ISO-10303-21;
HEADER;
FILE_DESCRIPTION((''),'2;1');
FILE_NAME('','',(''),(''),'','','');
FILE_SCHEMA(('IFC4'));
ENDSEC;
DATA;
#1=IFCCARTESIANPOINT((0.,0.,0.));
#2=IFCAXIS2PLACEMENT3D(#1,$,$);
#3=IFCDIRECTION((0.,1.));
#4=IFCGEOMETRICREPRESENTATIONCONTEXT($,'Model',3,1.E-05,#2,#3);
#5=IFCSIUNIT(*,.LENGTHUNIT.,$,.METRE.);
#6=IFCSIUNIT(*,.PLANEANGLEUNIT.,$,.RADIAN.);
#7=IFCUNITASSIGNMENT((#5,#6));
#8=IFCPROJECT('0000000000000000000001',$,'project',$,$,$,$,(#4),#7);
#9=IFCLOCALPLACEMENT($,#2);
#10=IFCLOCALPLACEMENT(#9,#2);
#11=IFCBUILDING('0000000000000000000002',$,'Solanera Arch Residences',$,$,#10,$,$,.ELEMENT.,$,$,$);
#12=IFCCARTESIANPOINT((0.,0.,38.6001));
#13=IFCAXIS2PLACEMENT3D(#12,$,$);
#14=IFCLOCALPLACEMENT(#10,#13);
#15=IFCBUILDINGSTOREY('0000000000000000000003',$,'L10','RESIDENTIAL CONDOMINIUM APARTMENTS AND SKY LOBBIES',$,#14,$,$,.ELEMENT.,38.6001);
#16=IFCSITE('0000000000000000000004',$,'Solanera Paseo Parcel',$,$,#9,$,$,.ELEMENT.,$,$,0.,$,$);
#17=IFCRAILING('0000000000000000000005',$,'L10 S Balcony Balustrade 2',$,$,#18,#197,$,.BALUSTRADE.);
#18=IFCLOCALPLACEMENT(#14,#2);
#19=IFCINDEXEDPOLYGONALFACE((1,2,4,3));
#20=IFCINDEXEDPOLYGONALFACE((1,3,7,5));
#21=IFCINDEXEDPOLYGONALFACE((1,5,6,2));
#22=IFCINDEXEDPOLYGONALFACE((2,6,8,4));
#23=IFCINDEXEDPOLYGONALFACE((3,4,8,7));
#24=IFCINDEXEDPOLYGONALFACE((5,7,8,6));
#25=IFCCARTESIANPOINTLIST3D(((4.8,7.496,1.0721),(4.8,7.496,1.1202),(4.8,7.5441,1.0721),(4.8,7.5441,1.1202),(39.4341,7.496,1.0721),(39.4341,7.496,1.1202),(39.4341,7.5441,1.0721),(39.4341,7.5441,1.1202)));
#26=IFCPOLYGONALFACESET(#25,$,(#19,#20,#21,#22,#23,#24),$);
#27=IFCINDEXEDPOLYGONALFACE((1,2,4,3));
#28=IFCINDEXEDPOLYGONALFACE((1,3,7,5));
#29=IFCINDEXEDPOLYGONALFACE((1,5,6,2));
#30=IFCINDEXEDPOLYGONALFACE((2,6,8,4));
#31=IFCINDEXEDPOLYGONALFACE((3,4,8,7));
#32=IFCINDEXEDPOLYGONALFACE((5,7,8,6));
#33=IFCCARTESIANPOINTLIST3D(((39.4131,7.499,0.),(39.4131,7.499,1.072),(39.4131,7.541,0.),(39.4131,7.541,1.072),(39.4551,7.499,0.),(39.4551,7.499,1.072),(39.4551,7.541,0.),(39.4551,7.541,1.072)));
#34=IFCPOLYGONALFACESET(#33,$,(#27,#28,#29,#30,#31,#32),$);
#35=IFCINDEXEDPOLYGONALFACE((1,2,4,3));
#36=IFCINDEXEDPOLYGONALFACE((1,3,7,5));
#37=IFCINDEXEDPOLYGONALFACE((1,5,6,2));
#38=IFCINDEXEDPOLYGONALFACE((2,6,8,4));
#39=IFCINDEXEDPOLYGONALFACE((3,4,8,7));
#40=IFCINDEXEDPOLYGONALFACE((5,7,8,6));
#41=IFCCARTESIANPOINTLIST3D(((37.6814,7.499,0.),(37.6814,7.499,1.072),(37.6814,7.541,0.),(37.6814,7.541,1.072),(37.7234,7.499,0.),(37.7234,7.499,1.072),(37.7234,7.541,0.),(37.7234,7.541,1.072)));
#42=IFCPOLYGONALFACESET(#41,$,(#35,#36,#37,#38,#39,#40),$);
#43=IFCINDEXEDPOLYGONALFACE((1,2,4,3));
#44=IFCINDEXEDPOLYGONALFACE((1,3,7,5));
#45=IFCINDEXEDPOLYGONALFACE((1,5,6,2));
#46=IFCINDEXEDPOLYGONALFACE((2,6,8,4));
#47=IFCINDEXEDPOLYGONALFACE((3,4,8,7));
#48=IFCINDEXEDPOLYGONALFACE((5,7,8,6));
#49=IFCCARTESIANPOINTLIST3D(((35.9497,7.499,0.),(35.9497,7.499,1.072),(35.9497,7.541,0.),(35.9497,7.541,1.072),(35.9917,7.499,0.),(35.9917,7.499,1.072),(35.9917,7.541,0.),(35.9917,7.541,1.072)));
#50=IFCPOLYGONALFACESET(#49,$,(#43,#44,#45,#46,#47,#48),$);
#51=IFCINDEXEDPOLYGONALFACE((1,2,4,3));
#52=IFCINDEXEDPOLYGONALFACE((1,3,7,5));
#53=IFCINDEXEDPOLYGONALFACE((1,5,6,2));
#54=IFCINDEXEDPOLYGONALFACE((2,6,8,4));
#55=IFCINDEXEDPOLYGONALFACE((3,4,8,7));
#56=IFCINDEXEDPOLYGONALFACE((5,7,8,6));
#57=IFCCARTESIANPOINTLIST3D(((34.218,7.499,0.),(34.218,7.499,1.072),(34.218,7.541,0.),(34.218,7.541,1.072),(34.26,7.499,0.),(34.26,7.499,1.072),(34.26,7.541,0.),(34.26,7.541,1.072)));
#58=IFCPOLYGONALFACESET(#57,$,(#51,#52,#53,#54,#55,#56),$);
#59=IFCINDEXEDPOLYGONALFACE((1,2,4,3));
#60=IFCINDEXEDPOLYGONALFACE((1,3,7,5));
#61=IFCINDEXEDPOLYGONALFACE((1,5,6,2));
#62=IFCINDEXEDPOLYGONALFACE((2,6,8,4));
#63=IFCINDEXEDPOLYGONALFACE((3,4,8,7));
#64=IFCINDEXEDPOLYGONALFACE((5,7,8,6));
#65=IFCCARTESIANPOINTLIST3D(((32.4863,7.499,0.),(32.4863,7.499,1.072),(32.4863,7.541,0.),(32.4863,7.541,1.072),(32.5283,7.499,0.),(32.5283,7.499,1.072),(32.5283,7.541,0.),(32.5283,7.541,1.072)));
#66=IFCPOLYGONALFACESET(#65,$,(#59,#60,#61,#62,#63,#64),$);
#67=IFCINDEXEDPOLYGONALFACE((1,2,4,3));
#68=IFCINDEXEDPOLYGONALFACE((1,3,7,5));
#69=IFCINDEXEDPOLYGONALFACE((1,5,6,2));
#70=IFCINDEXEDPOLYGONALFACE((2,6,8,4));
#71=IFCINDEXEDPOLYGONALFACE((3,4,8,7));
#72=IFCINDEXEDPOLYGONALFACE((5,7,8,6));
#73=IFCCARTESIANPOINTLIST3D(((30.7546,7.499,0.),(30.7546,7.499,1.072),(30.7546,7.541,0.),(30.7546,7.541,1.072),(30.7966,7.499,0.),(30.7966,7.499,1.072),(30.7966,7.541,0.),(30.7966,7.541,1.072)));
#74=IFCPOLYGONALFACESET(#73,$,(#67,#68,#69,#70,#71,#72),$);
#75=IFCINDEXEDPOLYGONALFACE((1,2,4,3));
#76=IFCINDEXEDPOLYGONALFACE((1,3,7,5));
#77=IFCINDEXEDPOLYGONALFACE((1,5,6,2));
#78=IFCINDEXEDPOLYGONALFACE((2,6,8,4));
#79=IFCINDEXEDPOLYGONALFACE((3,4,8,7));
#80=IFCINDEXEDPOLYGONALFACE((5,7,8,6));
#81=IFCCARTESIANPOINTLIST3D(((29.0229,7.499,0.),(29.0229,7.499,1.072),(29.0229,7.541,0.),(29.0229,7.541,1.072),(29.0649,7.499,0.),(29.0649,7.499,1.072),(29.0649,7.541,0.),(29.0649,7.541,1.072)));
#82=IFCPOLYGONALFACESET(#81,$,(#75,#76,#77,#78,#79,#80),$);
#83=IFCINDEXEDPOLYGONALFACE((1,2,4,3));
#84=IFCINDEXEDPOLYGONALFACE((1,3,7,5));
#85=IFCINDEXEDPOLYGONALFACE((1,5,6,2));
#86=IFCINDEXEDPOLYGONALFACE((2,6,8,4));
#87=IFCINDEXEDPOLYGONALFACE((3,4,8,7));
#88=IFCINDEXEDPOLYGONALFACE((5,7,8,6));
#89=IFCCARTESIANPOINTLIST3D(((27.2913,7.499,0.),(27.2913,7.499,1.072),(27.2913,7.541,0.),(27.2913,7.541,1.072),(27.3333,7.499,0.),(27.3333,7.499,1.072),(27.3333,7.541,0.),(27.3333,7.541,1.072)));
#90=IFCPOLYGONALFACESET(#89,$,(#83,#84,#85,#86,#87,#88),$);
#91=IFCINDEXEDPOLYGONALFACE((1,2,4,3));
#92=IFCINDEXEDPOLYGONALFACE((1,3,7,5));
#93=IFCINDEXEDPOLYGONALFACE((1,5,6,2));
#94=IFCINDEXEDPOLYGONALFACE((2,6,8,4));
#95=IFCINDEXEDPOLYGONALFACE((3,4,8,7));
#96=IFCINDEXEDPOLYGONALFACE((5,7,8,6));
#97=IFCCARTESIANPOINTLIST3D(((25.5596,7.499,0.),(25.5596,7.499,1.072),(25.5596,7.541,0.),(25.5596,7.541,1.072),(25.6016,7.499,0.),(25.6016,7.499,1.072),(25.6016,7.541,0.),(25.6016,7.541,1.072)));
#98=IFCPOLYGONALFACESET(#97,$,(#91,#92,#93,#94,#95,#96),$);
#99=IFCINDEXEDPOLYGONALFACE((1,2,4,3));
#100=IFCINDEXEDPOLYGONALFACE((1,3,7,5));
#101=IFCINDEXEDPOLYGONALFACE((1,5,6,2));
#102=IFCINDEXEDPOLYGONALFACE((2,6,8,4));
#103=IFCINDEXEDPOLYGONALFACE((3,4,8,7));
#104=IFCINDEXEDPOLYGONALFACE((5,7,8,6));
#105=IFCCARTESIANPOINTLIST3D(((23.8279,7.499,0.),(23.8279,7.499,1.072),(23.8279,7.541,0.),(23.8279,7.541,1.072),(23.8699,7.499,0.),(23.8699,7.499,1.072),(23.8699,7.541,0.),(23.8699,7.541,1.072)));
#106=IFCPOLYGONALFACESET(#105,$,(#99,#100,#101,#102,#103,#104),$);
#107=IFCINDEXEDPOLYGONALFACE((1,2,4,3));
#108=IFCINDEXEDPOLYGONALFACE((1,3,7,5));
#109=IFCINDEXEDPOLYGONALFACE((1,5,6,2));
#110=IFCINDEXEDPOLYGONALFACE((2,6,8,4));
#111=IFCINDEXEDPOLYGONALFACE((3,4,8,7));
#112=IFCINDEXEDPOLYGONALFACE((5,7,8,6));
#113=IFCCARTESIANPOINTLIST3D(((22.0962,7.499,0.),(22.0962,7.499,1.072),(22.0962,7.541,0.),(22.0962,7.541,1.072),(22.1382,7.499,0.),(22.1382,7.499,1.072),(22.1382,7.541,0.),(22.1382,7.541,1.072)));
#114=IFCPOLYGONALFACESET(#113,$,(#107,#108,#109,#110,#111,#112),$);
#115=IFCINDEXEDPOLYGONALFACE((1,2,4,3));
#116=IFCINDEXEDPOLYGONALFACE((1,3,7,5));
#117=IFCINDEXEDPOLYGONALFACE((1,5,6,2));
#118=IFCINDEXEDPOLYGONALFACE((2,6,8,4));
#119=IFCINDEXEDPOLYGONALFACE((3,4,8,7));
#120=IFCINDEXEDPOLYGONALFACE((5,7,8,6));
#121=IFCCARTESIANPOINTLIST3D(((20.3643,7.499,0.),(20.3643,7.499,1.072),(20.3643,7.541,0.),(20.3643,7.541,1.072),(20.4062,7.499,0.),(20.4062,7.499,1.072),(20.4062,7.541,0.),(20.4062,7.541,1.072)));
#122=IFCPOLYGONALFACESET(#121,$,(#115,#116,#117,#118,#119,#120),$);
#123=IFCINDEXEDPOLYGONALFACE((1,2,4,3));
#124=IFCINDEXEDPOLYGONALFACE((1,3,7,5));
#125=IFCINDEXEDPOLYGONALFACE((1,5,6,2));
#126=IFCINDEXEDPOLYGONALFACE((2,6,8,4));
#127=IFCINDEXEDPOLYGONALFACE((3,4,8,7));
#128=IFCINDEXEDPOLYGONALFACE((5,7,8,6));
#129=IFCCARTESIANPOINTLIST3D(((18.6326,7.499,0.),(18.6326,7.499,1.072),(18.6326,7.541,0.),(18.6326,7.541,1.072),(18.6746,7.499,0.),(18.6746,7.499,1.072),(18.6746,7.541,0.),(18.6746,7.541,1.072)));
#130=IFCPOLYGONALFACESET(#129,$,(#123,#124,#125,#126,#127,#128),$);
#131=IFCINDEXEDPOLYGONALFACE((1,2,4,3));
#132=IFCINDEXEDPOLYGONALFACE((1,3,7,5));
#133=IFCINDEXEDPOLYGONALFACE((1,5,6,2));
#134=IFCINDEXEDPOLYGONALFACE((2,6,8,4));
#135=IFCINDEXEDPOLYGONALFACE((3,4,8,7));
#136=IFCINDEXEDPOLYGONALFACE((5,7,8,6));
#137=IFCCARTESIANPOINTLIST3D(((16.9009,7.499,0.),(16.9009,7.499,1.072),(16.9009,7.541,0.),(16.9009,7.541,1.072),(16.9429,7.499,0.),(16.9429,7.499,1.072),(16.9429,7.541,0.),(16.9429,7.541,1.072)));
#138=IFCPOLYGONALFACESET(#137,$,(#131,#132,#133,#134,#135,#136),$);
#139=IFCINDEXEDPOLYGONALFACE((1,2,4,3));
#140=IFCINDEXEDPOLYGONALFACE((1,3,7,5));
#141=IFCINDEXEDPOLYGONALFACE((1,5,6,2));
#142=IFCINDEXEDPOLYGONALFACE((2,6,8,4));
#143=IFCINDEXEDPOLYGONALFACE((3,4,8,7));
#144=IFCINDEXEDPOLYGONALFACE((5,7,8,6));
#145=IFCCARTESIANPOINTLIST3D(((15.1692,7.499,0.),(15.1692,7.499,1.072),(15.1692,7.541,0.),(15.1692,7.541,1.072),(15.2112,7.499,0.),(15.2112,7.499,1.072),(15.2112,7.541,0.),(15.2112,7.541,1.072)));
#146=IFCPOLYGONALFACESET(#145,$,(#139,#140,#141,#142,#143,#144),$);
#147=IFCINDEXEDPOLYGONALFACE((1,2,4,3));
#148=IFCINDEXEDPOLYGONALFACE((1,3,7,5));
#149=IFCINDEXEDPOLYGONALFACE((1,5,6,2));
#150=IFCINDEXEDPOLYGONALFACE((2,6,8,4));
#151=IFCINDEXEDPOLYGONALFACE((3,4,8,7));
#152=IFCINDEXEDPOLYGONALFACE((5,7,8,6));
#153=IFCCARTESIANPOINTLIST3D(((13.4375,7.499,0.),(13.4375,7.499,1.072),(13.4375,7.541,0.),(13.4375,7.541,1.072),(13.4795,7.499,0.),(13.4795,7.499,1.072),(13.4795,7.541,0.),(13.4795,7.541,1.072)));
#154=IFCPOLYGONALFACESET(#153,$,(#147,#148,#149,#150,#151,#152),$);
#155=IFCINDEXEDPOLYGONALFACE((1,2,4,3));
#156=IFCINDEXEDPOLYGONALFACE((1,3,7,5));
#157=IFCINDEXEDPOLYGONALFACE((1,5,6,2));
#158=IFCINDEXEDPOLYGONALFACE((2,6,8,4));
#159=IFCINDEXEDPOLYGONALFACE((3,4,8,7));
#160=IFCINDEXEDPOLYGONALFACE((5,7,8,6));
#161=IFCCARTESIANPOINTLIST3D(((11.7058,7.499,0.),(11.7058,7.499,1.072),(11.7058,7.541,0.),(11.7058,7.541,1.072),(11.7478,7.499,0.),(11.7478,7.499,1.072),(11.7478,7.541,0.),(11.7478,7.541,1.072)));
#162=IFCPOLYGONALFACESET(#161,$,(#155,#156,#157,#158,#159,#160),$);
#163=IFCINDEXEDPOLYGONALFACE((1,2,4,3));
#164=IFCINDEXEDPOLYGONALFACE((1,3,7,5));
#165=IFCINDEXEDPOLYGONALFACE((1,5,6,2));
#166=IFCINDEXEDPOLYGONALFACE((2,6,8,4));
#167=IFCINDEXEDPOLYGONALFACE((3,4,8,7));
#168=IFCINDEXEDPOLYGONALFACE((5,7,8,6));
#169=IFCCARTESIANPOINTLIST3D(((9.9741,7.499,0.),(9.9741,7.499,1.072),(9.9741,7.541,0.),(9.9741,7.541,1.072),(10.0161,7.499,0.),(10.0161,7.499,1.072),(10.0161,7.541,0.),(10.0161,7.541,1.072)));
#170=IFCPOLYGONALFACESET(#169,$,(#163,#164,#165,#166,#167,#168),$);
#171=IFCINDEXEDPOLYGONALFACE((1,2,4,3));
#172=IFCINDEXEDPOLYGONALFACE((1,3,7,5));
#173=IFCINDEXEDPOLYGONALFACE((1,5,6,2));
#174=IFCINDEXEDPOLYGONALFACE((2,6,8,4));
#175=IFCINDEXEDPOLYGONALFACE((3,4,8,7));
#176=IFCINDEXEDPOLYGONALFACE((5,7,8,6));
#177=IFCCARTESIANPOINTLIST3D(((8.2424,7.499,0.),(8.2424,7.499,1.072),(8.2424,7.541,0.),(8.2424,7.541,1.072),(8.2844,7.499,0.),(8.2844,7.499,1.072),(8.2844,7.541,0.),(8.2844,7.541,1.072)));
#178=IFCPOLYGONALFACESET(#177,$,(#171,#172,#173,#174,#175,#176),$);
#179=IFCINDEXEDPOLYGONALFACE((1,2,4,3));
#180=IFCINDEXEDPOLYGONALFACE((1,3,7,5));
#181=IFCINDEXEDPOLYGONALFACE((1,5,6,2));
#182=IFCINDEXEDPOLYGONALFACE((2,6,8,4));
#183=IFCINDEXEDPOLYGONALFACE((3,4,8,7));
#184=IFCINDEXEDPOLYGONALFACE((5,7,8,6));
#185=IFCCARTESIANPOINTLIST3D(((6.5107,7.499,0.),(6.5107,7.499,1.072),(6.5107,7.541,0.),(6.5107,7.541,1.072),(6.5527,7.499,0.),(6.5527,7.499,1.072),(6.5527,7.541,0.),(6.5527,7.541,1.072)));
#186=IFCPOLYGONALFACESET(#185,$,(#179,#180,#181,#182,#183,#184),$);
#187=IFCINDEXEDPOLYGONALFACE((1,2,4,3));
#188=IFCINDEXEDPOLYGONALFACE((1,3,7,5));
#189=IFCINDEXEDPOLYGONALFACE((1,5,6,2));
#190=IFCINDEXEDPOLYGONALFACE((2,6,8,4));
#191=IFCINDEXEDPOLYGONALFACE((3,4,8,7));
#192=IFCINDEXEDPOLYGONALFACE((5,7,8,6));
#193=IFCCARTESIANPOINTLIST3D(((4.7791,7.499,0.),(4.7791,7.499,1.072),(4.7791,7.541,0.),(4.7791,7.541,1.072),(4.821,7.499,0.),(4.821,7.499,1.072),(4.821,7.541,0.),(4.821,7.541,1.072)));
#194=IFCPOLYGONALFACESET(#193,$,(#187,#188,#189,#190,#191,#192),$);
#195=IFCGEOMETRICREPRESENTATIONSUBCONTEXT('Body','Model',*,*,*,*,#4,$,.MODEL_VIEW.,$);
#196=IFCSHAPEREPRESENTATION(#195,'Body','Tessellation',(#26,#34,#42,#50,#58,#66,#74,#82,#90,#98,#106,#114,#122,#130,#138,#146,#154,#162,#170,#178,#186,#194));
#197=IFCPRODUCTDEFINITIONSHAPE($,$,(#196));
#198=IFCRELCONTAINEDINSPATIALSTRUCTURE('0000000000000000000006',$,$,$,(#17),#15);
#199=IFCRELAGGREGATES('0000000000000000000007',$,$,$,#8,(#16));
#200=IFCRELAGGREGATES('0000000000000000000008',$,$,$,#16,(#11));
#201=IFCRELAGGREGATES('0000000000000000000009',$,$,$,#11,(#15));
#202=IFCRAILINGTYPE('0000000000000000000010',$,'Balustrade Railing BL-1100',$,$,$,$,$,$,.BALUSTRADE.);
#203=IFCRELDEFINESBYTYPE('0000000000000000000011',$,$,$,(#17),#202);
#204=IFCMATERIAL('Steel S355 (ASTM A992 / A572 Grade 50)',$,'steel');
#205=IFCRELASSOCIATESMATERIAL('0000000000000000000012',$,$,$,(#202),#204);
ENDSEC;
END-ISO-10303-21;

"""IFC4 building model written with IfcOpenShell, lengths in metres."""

from ifc_helpers import new_model, si_unit, direction, frame, origin, origin_2d, place, context, subcontext, project, spatial, rectangle, extrude, material, type_object, element, save


model = new_model("IFC4")

# Units and contexts
model_context = context("Model", 3, precision=1e-05, world=origin(), true_north=direction((0.0, 1.0)))
body_context = subcontext(model_context, "Body", "Model", "MODEL_VIEW")
ifc_project = project(units=[si_unit("LENGTHUNIT", "METRE"), si_unit("PLANEANGLEUNIT", "RADIAN")], contexts=[model_context])

# Site, building, storey
site_placement = place(None, origin())
site = spatial("IfcSite", under=ifc_project, at=site_placement, Name="Solanera Paseo Parcel", CompositionType="ELEMENT", RefElevation=0.0)
building_placement = place(site_placement, origin())
building = spatial("IfcBuilding", under=site, at=building_placement, Name="Solanera Arch Residences", CompositionType="ELEMENT")
storey_placement = place(building_placement, frame((0.0, 0.0, 38.6001)))
storey = spatial("IfcBuildingStorey", under=building, at=storey_placement, Name="L10", Description="RESIDENTIAL CONDOMINIUM APARTMENTS AND SKY LOBBIES", CompositionType="ELEMENT", Elevation=38.6001)

# Railing
ifc_material_1 = material(Name="Steel S355 (ASTM A992 / A572 Grade 50)", Category="steel")
railing_type = type_object("IfcRailingType", Name="Balustrade Railing BL-1100", PredefinedType="BALUSTRADE", material=ifc_material_1)
railing_1_placement = place(storey_placement, frame((39.4341, 7.52, 0.0)))
element("IfcRailing", 1, at=railing_1_placement, inside=storey, type_object=railing_type, Name="L10 S Balcony Balustrade 2", PredefinedType="BALUSTRADE", context=body_context, shape_type="SweptSolid", body=[
    extrude(rectangle(XDim=0.0481, YDim=0.0481, at=origin_2d()), frame((0.0, 0.0, 1.0962), z_axis=(-1.0, 0.0, 0.0), x_axis=(0.0, -1.0, 0.0)), (0.0, 0.0, 1.0), 34.634),
    extrude(rectangle(XDim=0.042, YDim=0.042, at=origin_2d()), origin(), (0.0, 0.0, 1.0), 1.072),
    extrude(rectangle(XDim=0.042, YDim=0.042, at=origin_2d()), frame((-1.7317, 0.0, 0.0)), (0.0, 0.0, 1.0), 1.072),
    extrude(rectangle(XDim=0.042, YDim=0.042, at=origin_2d()), frame((-3.4634, 0.0, 0.0)), (0.0, 0.0, 1.0), 1.072),
    extrude(rectangle(XDim=0.042, YDim=0.042, at=origin_2d()), frame((-5.1951, 0.0, 0.0)), (0.0, 0.0, 1.0), 1.072),
    extrude(rectangle(XDim=0.042, YDim=0.042, at=origin_2d()), frame((-6.9268, 0.0, 0.0)), (0.0, 0.0, 1.0), 1.072),
    extrude(rectangle(XDim=0.042, YDim=0.042, at=origin_2d()), frame((-8.6584, 0.0, 0.0)), (0.0, 0.0, 1.0), 1.072),
    extrude(rectangle(XDim=0.042, YDim=0.042, at=origin_2d()), frame((-10.3901, 0.0, 0.0)), (0.0, 0.0, 1.0), 1.072),
    extrude(rectangle(XDim=0.042, YDim=0.042, at=origin_2d()), frame((-12.1218, 0.0, 0.0)), (0.0, 0.0, 1.0), 1.072),
    extrude(rectangle(XDim=0.042, YDim=0.042, at=origin_2d()), frame((-13.8535, 0.0, 0.0)), (0.0, 0.0, 1.0), 1.072),
    extrude(rectangle(XDim=0.042, YDim=0.042, at=origin_2d()), frame((-15.5852, 0.0, 0.0)), (0.0, 0.0, 1.0), 1.072),
    extrude(rectangle(XDim=0.042, YDim=0.042, at=origin_2d()), frame((-17.3169, 0.0, 0.0)), (0.0, 0.0, 1.0), 1.072),
    extrude(rectangle(XDim=0.042, YDim=0.042, at=origin_2d()), frame((-19.0488, 0.0, 0.0)), (0.0, 0.0, 1.0), 1.072),
    extrude(rectangle(XDim=0.042, YDim=0.042, at=origin_2d()), frame((-20.7805, 0.0, 0.0)), (0.0, 0.0, 1.0), 1.072),
    extrude(rectangle(XDim=0.042, YDim=0.042, at=origin_2d()), frame((-22.5122, 0.0, 0.0)), (0.0, 0.0, 1.0), 1.072),
    extrude(rectangle(XDim=0.042, YDim=0.042, at=origin_2d()), frame((-24.2439, 0.0, 0.0)), (0.0, 0.0, 1.0), 1.072),
    extrude(rectangle(XDim=0.042, YDim=0.042, at=origin_2d()), frame((-25.9756, 0.0, 0.0)), (0.0, 0.0, 1.0), 1.072),
    extrude(rectangle(XDim=0.042, YDim=0.042, at=origin_2d()), frame((-27.7073, 0.0, 0.0)), (0.0, 0.0, 1.0), 1.072),
    extrude(rectangle(XDim=0.042, YDim=0.042, at=origin_2d()), frame((-29.439, 0.0, 0.0)), (0.0, 0.0, 1.0), 1.072),
    extrude(rectangle(XDim=0.042, YDim=0.042, at=origin_2d()), frame((-31.1707, 0.0, 0.0)), (0.0, 0.0, 1.0), 1.072),
    extrude(rectangle(XDim=0.042, YDim=0.042, at=origin_2d()), frame((-32.9023, 0.0, 0.0)), (0.0, 0.0, 1.0), 1.072),
    extrude(rectangle(XDim=0.042, YDim=0.042, at=origin_2d()), frame((-34.634, 0.0, 0.0)), (0.0, 0.0, 1.0), 1.072),
])

save(model, "model.ifc")
